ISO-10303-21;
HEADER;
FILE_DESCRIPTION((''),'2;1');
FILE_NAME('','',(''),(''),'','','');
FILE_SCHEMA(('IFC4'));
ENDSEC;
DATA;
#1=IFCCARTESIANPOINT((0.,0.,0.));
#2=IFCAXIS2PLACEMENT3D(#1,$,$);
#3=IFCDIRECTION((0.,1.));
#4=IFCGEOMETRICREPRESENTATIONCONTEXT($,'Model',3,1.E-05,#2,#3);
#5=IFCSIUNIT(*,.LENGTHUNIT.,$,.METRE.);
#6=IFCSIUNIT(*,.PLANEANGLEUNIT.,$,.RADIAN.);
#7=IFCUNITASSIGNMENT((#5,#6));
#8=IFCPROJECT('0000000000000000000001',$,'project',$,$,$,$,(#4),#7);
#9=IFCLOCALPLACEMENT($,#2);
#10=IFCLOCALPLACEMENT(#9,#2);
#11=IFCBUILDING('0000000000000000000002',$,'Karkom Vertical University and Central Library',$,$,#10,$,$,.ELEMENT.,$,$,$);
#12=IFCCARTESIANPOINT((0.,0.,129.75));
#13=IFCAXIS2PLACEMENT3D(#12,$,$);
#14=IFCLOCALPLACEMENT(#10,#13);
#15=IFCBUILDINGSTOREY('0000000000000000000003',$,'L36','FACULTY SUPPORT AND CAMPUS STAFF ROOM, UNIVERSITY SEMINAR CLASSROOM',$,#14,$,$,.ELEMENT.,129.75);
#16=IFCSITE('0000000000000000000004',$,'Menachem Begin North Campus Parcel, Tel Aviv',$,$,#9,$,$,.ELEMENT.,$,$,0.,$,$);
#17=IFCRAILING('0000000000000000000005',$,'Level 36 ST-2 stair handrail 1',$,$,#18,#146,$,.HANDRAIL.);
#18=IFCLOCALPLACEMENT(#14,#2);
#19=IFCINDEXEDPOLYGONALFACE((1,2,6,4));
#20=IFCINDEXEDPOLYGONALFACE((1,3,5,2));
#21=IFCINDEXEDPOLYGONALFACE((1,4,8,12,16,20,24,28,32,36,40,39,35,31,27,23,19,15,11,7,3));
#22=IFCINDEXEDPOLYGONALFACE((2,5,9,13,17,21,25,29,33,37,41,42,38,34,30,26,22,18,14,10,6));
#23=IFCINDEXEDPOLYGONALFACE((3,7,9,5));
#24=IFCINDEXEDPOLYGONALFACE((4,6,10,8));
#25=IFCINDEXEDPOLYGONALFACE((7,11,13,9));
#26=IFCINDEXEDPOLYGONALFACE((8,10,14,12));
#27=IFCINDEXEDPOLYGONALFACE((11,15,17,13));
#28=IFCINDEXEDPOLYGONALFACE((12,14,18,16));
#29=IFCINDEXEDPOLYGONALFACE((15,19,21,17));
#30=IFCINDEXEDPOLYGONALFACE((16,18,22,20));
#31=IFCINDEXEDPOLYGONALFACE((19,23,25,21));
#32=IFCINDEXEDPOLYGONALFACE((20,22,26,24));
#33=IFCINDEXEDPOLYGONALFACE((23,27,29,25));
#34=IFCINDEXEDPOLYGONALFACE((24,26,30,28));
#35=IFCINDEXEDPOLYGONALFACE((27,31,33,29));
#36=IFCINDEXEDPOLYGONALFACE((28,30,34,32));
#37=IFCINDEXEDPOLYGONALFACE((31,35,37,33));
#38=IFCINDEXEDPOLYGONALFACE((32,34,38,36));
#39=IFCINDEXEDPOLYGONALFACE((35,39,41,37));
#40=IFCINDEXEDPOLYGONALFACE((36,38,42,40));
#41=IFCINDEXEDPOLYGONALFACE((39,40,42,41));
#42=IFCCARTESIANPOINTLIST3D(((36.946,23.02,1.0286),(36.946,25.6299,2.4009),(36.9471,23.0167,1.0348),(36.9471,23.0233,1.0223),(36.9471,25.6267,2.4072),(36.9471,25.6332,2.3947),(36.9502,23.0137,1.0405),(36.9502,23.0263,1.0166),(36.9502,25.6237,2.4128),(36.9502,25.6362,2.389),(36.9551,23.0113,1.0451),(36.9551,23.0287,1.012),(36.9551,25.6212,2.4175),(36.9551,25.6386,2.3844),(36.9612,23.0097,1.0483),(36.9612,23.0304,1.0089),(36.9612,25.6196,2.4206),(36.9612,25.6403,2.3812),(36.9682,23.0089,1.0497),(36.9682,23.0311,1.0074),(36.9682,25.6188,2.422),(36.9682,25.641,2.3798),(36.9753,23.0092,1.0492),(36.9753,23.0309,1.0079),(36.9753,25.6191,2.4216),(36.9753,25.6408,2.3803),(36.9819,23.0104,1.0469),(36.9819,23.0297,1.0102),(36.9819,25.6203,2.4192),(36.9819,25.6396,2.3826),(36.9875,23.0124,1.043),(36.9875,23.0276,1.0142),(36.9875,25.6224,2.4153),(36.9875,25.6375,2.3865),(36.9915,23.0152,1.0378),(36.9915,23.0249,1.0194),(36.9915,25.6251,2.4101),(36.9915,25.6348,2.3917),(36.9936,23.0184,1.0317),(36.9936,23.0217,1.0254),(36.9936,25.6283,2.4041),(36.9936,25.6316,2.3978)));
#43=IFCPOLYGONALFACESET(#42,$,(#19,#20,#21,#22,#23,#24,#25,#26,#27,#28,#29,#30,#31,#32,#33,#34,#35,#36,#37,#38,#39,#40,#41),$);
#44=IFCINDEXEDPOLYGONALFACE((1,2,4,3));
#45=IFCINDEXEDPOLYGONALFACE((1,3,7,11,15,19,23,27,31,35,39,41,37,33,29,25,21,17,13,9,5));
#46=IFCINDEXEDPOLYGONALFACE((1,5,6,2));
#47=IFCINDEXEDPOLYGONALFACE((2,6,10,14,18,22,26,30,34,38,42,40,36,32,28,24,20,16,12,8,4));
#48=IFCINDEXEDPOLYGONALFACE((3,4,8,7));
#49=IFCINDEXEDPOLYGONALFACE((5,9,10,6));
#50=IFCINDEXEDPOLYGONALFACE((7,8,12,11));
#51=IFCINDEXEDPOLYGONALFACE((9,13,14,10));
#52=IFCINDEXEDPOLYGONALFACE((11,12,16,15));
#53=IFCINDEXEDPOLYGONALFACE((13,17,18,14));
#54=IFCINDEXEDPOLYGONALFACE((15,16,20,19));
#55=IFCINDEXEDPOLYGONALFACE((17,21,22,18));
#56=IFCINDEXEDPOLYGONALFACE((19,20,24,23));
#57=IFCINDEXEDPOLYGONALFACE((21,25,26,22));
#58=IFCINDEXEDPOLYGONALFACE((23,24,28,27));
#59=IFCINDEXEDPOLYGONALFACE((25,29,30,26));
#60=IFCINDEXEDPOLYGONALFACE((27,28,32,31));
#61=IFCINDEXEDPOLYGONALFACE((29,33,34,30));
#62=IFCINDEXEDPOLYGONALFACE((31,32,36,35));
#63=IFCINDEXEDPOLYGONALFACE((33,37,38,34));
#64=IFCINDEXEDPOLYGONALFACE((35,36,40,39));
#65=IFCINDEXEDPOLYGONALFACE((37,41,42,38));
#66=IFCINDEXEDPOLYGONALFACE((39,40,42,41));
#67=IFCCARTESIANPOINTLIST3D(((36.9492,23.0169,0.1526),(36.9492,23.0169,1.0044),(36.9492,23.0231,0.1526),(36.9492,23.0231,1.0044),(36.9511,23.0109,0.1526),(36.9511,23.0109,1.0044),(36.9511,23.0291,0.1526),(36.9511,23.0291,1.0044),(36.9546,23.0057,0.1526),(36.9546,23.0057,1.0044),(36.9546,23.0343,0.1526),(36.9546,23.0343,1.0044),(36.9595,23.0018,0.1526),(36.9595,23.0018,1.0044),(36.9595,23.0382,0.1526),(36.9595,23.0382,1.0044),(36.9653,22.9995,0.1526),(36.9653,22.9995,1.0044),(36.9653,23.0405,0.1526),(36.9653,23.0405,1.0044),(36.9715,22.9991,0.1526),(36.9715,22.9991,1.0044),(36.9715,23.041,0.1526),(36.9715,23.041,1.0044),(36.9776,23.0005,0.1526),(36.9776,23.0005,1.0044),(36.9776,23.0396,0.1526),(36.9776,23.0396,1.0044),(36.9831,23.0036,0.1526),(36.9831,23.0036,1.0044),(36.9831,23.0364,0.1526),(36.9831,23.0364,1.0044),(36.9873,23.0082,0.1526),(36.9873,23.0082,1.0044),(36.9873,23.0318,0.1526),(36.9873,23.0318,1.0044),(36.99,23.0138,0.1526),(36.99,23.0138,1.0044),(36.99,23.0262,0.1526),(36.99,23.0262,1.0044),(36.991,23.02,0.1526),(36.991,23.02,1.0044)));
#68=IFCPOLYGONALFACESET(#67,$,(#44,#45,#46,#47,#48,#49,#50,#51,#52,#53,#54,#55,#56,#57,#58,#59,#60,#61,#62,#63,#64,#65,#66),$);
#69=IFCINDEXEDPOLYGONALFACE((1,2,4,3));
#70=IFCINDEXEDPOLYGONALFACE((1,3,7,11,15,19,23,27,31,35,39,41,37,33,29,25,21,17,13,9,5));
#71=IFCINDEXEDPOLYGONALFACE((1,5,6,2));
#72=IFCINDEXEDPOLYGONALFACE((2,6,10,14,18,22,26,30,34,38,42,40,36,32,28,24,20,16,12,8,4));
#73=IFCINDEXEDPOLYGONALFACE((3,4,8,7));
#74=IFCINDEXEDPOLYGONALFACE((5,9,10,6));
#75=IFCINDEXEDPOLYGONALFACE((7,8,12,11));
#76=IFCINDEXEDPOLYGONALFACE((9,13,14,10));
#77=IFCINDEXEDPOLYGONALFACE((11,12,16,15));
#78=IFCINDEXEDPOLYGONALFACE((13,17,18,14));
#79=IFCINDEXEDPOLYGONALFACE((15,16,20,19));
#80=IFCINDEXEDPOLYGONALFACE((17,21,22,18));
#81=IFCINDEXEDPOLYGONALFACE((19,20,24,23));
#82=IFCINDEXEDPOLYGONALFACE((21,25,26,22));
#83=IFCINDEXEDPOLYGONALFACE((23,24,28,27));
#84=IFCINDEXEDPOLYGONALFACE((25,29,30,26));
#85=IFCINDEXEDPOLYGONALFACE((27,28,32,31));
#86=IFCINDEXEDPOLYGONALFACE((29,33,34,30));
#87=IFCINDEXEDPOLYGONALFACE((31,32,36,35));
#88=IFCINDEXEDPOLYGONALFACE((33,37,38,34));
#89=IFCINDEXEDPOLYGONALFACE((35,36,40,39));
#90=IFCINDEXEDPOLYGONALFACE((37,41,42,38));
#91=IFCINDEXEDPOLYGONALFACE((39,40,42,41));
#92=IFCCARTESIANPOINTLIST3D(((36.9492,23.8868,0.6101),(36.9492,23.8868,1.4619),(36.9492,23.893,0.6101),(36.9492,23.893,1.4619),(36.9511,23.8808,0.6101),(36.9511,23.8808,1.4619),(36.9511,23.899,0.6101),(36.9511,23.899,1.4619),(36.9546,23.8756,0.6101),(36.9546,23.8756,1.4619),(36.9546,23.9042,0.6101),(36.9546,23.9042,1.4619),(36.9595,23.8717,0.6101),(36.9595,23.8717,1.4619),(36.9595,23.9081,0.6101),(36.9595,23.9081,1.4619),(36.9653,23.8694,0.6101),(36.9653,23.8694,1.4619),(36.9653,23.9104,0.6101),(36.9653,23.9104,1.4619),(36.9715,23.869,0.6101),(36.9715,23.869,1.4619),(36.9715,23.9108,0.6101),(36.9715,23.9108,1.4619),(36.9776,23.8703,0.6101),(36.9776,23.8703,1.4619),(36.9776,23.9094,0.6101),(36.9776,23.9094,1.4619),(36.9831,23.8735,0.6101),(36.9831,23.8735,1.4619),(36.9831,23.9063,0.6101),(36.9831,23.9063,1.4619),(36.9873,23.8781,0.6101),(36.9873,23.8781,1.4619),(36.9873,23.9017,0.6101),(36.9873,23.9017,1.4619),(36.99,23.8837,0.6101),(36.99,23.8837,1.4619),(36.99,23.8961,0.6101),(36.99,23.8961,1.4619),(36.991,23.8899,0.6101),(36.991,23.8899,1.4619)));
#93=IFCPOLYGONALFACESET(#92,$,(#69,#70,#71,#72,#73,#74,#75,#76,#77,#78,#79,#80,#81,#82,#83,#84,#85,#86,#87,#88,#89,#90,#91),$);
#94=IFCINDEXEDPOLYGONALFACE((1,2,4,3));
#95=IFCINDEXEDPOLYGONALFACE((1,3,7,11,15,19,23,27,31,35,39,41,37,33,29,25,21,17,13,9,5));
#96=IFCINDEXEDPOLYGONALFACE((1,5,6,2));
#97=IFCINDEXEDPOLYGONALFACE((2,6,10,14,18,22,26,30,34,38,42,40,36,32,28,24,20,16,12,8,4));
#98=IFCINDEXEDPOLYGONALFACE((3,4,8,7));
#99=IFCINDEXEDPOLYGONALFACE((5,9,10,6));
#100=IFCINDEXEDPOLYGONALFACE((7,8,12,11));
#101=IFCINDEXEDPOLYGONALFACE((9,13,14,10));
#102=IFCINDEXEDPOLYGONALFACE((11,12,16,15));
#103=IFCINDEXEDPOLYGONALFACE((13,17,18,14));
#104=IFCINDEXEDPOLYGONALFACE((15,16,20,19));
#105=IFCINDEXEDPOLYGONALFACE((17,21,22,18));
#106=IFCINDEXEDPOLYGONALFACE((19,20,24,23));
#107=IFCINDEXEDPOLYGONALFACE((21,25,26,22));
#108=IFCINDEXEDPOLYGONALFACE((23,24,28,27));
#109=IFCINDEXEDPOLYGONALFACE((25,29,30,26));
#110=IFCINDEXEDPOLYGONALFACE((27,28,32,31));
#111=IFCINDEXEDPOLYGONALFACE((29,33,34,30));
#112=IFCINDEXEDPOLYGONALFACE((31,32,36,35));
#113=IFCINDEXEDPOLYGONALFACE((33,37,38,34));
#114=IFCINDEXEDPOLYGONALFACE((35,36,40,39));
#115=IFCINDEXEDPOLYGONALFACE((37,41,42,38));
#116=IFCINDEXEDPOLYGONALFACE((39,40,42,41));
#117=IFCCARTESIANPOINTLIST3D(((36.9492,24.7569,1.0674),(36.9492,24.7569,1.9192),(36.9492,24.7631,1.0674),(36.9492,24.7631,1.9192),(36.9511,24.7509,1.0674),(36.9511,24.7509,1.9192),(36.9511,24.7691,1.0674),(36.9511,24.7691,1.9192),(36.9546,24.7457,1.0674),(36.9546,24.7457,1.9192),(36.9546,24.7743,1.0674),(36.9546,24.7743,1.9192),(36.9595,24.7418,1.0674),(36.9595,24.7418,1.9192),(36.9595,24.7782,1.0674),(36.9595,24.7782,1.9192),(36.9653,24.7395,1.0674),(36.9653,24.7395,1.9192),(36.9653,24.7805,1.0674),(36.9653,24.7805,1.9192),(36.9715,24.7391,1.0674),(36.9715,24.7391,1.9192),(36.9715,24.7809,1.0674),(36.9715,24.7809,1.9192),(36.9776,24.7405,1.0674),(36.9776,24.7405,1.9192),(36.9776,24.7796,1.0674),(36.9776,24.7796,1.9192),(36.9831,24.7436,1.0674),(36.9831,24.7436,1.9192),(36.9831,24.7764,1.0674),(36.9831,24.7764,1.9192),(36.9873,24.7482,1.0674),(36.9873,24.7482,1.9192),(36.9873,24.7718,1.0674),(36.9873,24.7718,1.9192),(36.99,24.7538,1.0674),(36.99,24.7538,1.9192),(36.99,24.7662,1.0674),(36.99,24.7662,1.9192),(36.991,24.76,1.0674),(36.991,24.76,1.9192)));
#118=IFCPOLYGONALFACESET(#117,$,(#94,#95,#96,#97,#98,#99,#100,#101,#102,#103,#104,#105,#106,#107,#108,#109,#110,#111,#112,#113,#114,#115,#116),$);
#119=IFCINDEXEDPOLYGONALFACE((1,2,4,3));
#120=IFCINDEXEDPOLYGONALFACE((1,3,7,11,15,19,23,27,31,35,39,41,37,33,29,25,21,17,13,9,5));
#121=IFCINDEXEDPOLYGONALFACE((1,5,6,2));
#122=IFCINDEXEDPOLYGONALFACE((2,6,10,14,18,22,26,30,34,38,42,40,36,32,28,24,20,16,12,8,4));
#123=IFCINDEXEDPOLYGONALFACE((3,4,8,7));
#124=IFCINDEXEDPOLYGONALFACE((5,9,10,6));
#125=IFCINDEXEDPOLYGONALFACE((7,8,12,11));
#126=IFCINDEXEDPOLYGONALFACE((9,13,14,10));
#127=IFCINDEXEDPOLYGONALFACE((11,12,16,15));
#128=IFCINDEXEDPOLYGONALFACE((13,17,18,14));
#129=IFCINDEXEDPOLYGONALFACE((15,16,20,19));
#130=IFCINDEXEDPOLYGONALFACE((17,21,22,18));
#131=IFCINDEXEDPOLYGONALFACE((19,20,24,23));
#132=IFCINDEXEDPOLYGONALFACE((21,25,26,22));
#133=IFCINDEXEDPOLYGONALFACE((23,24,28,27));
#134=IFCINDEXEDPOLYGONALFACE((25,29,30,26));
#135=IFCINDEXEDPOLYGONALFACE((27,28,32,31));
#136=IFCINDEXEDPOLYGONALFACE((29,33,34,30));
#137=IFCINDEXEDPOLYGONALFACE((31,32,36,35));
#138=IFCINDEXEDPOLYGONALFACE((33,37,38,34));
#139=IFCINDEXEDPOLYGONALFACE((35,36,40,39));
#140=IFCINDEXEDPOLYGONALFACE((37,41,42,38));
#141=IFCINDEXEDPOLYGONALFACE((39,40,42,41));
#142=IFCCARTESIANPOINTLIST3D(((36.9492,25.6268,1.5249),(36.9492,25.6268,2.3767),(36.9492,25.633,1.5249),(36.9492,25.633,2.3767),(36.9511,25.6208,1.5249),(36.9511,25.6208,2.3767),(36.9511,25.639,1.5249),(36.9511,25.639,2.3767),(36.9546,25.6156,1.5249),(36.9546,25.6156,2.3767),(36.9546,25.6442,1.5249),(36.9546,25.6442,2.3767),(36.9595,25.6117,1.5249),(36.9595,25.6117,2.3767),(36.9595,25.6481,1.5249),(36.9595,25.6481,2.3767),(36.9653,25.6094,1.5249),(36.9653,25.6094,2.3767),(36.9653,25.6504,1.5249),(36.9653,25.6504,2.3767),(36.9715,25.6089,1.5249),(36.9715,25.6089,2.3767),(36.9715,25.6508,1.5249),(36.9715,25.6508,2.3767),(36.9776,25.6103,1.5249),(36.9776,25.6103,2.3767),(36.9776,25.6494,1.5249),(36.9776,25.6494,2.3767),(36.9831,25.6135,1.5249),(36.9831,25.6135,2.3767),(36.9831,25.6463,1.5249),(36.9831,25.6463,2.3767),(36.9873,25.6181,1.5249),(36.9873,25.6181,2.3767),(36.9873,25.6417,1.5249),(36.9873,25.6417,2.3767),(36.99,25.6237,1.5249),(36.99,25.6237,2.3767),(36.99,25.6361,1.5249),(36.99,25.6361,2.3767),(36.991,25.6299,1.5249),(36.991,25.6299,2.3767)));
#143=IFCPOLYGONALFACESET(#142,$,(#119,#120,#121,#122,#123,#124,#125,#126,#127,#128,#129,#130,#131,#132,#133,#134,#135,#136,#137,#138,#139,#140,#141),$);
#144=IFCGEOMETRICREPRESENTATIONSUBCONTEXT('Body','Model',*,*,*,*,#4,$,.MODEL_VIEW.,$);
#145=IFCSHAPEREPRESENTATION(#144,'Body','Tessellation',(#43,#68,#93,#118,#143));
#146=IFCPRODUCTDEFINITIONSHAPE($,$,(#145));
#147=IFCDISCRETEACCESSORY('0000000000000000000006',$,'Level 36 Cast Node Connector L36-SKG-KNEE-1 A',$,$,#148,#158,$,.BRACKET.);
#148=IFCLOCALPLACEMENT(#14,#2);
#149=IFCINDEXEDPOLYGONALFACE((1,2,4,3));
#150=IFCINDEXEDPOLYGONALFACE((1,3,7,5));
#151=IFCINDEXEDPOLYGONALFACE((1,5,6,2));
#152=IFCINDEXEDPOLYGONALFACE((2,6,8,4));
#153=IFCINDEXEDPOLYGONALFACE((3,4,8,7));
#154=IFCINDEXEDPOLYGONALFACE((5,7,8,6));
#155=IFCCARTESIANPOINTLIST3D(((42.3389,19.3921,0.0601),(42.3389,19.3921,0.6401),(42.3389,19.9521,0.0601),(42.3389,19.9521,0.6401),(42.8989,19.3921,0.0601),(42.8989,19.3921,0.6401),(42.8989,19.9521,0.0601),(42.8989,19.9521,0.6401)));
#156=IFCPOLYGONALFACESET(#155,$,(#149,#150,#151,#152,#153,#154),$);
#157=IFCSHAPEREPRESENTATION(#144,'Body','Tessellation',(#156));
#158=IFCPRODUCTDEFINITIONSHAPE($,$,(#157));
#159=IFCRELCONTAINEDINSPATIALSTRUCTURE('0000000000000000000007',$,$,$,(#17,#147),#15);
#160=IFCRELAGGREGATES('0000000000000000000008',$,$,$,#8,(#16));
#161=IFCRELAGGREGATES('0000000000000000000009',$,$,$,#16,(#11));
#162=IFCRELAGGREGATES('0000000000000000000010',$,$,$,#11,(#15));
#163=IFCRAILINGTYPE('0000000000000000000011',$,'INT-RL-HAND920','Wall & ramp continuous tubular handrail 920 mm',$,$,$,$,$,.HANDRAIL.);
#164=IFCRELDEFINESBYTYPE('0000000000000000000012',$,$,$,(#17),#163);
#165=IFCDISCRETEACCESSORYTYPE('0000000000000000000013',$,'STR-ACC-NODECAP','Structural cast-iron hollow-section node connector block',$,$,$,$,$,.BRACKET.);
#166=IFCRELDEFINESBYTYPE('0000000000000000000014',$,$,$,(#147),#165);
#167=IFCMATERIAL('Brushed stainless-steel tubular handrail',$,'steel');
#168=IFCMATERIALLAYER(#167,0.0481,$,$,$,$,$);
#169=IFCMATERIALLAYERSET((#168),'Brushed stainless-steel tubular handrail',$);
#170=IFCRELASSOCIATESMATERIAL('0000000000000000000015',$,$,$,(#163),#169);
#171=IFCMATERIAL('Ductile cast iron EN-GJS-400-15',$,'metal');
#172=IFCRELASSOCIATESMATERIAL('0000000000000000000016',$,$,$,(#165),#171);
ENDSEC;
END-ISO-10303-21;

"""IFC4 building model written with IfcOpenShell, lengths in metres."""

from ifc_helpers import new_model, si_unit, direction, frame, origin, origin_with_axes, origin_2d, place, context, subcontext, project, spatial, rectangle, circle, extrude, source, transform, mapped, material, layer, layer_set, type_object, element, save


model = new_model("IFC4")

# Units and contexts
model_context = context("Model", 3, precision=1e-05, world=origin(), true_north=direction((0.0, 1.0)))
body_context = subcontext(model_context, "Body", "Model", "MODEL_VIEW")
ifc_project = project(units=[si_unit("LENGTHUNIT", "METRE"), si_unit("PLANEANGLEUNIT", "RADIAN")], contexts=[model_context])

# Site, building, storey
site_placement = place(None, origin())
site = spatial("IfcSite", under=ifc_project, at=site_placement, Name="Menachem Begin North Campus Parcel, Tel Aviv", CompositionType="ELEMENT", RefElevation=0.0)
building_placement = place(site_placement, origin())
building = spatial("IfcBuilding", under=site, at=building_placement, Name="Karkom Vertical University and Central Library", CompositionType="ELEMENT")
storey_placement = place(building_placement, frame((0.0, 0.0, 129.75)))
storey = spatial("IfcBuildingStorey", under=building, at=storey_placement, Name="L36", Description="FACULTY SUPPORT AND CAMPUS STAFF ROOM, UNIVERSITY SEMINAR CLASSROOM", CompositionType="ELEMENT", Elevation=129.75)

# Railing
ifc_material_1 = material(Name="Brushed stainless-steel tubular handrail", Category="steel")
ifc_layer_1 = layer(ifc_material_1, 0.0481)
ifc_layer_set_1 = layer_set([ifc_layer_1], Name="Brushed stainless-steel tubular handrail")
railing_type_1 = type_object("IfcRailingType", Name="INT-RL-HAND920", Description="Wall & ramp continuous tubular handrail 920 mm", PredefinedType="HANDRAIL", material=ifc_layer_set_1)
railing_1_placement = place(storey_placement, frame((36.97, 23.02, 0.1526)))
element("IfcRailing", 1, at=railing_1_placement, inside=storey, type_object=railing_type_1, Name="Level 36 ST-2 stair handrail 1", PredefinedType="HANDRAIL", context=body_context, shape_type="SweptSolid", body=[
    extrude(circle(Radius=0.0239, at=origin_2d()), frame((0.0, 0.0, 0.876), z_axis=(0.0, 0.8851, 0.465402), x_axis=(-1.0, 0.0, 0.0)), (0.0, 0.0, 1.0), 2.9487),
    extrude(circle(Radius=0.021, at=origin_2d()), origin(), (0.0, 0.0, 1.0), 0.8518),
    extrude(circle(Radius=0.021, at=origin_2d()), frame((0.0, 0.8699, 0.4575)), (0.0, 0.0, 1.0), 0.8518),
    extrude(circle(Radius=0.021, at=origin_2d()), frame((0.0, 1.74, 0.9148)), (0.0, 0.0, 1.0), 0.8518),
    extrude(circle(Radius=0.021, at=origin_2d()), frame((0.0, 2.6099, 1.3723)), (0.0, 0.0, 1.0), 0.8518),
])

# Discrete accessory
ifc_material_2 = material(Name="Ductile cast iron EN-GJS-400-15", Category="metal")
discrete_accessory_type = type_object("IfcDiscreteAccessoryType", Name="STR-ACC-NODECAP", Description="Structural cast-iron hollow-section node connector block", PredefinedType="BRACKET", material=ifc_material_2)
shared_shape_1 = source(origin_with_axes(), body_context, "Body", "SweptSolid", [
    extrude(rectangle(XDim=0.5601, YDim=0.5601, at=origin_2d()), origin(), (0.0, 0.0, 1.0), 0.5801),
])
discrete_accessory_placement = place(storey_placement, frame((42.6189, 19.6721, 0.0601), z_axis=(0.0, 0.0, 1.0), x_axis=(1.0, 0.0, 0.0)))
element("IfcDiscreteAccessory", 2, at=discrete_accessory_placement, inside=storey, type_object=discrete_accessory_type, Name="Level 36 Cast Node Connector L36-SKG-KNEE-1 A", PredefinedType="BRACKET", context=body_context, shape_type="MappedRepresentation", body=[
    mapped(shared_shape_1, transform((0.0, 0.0, 0.0), scale=1.0)),
])

save(model, "model.ifc")
